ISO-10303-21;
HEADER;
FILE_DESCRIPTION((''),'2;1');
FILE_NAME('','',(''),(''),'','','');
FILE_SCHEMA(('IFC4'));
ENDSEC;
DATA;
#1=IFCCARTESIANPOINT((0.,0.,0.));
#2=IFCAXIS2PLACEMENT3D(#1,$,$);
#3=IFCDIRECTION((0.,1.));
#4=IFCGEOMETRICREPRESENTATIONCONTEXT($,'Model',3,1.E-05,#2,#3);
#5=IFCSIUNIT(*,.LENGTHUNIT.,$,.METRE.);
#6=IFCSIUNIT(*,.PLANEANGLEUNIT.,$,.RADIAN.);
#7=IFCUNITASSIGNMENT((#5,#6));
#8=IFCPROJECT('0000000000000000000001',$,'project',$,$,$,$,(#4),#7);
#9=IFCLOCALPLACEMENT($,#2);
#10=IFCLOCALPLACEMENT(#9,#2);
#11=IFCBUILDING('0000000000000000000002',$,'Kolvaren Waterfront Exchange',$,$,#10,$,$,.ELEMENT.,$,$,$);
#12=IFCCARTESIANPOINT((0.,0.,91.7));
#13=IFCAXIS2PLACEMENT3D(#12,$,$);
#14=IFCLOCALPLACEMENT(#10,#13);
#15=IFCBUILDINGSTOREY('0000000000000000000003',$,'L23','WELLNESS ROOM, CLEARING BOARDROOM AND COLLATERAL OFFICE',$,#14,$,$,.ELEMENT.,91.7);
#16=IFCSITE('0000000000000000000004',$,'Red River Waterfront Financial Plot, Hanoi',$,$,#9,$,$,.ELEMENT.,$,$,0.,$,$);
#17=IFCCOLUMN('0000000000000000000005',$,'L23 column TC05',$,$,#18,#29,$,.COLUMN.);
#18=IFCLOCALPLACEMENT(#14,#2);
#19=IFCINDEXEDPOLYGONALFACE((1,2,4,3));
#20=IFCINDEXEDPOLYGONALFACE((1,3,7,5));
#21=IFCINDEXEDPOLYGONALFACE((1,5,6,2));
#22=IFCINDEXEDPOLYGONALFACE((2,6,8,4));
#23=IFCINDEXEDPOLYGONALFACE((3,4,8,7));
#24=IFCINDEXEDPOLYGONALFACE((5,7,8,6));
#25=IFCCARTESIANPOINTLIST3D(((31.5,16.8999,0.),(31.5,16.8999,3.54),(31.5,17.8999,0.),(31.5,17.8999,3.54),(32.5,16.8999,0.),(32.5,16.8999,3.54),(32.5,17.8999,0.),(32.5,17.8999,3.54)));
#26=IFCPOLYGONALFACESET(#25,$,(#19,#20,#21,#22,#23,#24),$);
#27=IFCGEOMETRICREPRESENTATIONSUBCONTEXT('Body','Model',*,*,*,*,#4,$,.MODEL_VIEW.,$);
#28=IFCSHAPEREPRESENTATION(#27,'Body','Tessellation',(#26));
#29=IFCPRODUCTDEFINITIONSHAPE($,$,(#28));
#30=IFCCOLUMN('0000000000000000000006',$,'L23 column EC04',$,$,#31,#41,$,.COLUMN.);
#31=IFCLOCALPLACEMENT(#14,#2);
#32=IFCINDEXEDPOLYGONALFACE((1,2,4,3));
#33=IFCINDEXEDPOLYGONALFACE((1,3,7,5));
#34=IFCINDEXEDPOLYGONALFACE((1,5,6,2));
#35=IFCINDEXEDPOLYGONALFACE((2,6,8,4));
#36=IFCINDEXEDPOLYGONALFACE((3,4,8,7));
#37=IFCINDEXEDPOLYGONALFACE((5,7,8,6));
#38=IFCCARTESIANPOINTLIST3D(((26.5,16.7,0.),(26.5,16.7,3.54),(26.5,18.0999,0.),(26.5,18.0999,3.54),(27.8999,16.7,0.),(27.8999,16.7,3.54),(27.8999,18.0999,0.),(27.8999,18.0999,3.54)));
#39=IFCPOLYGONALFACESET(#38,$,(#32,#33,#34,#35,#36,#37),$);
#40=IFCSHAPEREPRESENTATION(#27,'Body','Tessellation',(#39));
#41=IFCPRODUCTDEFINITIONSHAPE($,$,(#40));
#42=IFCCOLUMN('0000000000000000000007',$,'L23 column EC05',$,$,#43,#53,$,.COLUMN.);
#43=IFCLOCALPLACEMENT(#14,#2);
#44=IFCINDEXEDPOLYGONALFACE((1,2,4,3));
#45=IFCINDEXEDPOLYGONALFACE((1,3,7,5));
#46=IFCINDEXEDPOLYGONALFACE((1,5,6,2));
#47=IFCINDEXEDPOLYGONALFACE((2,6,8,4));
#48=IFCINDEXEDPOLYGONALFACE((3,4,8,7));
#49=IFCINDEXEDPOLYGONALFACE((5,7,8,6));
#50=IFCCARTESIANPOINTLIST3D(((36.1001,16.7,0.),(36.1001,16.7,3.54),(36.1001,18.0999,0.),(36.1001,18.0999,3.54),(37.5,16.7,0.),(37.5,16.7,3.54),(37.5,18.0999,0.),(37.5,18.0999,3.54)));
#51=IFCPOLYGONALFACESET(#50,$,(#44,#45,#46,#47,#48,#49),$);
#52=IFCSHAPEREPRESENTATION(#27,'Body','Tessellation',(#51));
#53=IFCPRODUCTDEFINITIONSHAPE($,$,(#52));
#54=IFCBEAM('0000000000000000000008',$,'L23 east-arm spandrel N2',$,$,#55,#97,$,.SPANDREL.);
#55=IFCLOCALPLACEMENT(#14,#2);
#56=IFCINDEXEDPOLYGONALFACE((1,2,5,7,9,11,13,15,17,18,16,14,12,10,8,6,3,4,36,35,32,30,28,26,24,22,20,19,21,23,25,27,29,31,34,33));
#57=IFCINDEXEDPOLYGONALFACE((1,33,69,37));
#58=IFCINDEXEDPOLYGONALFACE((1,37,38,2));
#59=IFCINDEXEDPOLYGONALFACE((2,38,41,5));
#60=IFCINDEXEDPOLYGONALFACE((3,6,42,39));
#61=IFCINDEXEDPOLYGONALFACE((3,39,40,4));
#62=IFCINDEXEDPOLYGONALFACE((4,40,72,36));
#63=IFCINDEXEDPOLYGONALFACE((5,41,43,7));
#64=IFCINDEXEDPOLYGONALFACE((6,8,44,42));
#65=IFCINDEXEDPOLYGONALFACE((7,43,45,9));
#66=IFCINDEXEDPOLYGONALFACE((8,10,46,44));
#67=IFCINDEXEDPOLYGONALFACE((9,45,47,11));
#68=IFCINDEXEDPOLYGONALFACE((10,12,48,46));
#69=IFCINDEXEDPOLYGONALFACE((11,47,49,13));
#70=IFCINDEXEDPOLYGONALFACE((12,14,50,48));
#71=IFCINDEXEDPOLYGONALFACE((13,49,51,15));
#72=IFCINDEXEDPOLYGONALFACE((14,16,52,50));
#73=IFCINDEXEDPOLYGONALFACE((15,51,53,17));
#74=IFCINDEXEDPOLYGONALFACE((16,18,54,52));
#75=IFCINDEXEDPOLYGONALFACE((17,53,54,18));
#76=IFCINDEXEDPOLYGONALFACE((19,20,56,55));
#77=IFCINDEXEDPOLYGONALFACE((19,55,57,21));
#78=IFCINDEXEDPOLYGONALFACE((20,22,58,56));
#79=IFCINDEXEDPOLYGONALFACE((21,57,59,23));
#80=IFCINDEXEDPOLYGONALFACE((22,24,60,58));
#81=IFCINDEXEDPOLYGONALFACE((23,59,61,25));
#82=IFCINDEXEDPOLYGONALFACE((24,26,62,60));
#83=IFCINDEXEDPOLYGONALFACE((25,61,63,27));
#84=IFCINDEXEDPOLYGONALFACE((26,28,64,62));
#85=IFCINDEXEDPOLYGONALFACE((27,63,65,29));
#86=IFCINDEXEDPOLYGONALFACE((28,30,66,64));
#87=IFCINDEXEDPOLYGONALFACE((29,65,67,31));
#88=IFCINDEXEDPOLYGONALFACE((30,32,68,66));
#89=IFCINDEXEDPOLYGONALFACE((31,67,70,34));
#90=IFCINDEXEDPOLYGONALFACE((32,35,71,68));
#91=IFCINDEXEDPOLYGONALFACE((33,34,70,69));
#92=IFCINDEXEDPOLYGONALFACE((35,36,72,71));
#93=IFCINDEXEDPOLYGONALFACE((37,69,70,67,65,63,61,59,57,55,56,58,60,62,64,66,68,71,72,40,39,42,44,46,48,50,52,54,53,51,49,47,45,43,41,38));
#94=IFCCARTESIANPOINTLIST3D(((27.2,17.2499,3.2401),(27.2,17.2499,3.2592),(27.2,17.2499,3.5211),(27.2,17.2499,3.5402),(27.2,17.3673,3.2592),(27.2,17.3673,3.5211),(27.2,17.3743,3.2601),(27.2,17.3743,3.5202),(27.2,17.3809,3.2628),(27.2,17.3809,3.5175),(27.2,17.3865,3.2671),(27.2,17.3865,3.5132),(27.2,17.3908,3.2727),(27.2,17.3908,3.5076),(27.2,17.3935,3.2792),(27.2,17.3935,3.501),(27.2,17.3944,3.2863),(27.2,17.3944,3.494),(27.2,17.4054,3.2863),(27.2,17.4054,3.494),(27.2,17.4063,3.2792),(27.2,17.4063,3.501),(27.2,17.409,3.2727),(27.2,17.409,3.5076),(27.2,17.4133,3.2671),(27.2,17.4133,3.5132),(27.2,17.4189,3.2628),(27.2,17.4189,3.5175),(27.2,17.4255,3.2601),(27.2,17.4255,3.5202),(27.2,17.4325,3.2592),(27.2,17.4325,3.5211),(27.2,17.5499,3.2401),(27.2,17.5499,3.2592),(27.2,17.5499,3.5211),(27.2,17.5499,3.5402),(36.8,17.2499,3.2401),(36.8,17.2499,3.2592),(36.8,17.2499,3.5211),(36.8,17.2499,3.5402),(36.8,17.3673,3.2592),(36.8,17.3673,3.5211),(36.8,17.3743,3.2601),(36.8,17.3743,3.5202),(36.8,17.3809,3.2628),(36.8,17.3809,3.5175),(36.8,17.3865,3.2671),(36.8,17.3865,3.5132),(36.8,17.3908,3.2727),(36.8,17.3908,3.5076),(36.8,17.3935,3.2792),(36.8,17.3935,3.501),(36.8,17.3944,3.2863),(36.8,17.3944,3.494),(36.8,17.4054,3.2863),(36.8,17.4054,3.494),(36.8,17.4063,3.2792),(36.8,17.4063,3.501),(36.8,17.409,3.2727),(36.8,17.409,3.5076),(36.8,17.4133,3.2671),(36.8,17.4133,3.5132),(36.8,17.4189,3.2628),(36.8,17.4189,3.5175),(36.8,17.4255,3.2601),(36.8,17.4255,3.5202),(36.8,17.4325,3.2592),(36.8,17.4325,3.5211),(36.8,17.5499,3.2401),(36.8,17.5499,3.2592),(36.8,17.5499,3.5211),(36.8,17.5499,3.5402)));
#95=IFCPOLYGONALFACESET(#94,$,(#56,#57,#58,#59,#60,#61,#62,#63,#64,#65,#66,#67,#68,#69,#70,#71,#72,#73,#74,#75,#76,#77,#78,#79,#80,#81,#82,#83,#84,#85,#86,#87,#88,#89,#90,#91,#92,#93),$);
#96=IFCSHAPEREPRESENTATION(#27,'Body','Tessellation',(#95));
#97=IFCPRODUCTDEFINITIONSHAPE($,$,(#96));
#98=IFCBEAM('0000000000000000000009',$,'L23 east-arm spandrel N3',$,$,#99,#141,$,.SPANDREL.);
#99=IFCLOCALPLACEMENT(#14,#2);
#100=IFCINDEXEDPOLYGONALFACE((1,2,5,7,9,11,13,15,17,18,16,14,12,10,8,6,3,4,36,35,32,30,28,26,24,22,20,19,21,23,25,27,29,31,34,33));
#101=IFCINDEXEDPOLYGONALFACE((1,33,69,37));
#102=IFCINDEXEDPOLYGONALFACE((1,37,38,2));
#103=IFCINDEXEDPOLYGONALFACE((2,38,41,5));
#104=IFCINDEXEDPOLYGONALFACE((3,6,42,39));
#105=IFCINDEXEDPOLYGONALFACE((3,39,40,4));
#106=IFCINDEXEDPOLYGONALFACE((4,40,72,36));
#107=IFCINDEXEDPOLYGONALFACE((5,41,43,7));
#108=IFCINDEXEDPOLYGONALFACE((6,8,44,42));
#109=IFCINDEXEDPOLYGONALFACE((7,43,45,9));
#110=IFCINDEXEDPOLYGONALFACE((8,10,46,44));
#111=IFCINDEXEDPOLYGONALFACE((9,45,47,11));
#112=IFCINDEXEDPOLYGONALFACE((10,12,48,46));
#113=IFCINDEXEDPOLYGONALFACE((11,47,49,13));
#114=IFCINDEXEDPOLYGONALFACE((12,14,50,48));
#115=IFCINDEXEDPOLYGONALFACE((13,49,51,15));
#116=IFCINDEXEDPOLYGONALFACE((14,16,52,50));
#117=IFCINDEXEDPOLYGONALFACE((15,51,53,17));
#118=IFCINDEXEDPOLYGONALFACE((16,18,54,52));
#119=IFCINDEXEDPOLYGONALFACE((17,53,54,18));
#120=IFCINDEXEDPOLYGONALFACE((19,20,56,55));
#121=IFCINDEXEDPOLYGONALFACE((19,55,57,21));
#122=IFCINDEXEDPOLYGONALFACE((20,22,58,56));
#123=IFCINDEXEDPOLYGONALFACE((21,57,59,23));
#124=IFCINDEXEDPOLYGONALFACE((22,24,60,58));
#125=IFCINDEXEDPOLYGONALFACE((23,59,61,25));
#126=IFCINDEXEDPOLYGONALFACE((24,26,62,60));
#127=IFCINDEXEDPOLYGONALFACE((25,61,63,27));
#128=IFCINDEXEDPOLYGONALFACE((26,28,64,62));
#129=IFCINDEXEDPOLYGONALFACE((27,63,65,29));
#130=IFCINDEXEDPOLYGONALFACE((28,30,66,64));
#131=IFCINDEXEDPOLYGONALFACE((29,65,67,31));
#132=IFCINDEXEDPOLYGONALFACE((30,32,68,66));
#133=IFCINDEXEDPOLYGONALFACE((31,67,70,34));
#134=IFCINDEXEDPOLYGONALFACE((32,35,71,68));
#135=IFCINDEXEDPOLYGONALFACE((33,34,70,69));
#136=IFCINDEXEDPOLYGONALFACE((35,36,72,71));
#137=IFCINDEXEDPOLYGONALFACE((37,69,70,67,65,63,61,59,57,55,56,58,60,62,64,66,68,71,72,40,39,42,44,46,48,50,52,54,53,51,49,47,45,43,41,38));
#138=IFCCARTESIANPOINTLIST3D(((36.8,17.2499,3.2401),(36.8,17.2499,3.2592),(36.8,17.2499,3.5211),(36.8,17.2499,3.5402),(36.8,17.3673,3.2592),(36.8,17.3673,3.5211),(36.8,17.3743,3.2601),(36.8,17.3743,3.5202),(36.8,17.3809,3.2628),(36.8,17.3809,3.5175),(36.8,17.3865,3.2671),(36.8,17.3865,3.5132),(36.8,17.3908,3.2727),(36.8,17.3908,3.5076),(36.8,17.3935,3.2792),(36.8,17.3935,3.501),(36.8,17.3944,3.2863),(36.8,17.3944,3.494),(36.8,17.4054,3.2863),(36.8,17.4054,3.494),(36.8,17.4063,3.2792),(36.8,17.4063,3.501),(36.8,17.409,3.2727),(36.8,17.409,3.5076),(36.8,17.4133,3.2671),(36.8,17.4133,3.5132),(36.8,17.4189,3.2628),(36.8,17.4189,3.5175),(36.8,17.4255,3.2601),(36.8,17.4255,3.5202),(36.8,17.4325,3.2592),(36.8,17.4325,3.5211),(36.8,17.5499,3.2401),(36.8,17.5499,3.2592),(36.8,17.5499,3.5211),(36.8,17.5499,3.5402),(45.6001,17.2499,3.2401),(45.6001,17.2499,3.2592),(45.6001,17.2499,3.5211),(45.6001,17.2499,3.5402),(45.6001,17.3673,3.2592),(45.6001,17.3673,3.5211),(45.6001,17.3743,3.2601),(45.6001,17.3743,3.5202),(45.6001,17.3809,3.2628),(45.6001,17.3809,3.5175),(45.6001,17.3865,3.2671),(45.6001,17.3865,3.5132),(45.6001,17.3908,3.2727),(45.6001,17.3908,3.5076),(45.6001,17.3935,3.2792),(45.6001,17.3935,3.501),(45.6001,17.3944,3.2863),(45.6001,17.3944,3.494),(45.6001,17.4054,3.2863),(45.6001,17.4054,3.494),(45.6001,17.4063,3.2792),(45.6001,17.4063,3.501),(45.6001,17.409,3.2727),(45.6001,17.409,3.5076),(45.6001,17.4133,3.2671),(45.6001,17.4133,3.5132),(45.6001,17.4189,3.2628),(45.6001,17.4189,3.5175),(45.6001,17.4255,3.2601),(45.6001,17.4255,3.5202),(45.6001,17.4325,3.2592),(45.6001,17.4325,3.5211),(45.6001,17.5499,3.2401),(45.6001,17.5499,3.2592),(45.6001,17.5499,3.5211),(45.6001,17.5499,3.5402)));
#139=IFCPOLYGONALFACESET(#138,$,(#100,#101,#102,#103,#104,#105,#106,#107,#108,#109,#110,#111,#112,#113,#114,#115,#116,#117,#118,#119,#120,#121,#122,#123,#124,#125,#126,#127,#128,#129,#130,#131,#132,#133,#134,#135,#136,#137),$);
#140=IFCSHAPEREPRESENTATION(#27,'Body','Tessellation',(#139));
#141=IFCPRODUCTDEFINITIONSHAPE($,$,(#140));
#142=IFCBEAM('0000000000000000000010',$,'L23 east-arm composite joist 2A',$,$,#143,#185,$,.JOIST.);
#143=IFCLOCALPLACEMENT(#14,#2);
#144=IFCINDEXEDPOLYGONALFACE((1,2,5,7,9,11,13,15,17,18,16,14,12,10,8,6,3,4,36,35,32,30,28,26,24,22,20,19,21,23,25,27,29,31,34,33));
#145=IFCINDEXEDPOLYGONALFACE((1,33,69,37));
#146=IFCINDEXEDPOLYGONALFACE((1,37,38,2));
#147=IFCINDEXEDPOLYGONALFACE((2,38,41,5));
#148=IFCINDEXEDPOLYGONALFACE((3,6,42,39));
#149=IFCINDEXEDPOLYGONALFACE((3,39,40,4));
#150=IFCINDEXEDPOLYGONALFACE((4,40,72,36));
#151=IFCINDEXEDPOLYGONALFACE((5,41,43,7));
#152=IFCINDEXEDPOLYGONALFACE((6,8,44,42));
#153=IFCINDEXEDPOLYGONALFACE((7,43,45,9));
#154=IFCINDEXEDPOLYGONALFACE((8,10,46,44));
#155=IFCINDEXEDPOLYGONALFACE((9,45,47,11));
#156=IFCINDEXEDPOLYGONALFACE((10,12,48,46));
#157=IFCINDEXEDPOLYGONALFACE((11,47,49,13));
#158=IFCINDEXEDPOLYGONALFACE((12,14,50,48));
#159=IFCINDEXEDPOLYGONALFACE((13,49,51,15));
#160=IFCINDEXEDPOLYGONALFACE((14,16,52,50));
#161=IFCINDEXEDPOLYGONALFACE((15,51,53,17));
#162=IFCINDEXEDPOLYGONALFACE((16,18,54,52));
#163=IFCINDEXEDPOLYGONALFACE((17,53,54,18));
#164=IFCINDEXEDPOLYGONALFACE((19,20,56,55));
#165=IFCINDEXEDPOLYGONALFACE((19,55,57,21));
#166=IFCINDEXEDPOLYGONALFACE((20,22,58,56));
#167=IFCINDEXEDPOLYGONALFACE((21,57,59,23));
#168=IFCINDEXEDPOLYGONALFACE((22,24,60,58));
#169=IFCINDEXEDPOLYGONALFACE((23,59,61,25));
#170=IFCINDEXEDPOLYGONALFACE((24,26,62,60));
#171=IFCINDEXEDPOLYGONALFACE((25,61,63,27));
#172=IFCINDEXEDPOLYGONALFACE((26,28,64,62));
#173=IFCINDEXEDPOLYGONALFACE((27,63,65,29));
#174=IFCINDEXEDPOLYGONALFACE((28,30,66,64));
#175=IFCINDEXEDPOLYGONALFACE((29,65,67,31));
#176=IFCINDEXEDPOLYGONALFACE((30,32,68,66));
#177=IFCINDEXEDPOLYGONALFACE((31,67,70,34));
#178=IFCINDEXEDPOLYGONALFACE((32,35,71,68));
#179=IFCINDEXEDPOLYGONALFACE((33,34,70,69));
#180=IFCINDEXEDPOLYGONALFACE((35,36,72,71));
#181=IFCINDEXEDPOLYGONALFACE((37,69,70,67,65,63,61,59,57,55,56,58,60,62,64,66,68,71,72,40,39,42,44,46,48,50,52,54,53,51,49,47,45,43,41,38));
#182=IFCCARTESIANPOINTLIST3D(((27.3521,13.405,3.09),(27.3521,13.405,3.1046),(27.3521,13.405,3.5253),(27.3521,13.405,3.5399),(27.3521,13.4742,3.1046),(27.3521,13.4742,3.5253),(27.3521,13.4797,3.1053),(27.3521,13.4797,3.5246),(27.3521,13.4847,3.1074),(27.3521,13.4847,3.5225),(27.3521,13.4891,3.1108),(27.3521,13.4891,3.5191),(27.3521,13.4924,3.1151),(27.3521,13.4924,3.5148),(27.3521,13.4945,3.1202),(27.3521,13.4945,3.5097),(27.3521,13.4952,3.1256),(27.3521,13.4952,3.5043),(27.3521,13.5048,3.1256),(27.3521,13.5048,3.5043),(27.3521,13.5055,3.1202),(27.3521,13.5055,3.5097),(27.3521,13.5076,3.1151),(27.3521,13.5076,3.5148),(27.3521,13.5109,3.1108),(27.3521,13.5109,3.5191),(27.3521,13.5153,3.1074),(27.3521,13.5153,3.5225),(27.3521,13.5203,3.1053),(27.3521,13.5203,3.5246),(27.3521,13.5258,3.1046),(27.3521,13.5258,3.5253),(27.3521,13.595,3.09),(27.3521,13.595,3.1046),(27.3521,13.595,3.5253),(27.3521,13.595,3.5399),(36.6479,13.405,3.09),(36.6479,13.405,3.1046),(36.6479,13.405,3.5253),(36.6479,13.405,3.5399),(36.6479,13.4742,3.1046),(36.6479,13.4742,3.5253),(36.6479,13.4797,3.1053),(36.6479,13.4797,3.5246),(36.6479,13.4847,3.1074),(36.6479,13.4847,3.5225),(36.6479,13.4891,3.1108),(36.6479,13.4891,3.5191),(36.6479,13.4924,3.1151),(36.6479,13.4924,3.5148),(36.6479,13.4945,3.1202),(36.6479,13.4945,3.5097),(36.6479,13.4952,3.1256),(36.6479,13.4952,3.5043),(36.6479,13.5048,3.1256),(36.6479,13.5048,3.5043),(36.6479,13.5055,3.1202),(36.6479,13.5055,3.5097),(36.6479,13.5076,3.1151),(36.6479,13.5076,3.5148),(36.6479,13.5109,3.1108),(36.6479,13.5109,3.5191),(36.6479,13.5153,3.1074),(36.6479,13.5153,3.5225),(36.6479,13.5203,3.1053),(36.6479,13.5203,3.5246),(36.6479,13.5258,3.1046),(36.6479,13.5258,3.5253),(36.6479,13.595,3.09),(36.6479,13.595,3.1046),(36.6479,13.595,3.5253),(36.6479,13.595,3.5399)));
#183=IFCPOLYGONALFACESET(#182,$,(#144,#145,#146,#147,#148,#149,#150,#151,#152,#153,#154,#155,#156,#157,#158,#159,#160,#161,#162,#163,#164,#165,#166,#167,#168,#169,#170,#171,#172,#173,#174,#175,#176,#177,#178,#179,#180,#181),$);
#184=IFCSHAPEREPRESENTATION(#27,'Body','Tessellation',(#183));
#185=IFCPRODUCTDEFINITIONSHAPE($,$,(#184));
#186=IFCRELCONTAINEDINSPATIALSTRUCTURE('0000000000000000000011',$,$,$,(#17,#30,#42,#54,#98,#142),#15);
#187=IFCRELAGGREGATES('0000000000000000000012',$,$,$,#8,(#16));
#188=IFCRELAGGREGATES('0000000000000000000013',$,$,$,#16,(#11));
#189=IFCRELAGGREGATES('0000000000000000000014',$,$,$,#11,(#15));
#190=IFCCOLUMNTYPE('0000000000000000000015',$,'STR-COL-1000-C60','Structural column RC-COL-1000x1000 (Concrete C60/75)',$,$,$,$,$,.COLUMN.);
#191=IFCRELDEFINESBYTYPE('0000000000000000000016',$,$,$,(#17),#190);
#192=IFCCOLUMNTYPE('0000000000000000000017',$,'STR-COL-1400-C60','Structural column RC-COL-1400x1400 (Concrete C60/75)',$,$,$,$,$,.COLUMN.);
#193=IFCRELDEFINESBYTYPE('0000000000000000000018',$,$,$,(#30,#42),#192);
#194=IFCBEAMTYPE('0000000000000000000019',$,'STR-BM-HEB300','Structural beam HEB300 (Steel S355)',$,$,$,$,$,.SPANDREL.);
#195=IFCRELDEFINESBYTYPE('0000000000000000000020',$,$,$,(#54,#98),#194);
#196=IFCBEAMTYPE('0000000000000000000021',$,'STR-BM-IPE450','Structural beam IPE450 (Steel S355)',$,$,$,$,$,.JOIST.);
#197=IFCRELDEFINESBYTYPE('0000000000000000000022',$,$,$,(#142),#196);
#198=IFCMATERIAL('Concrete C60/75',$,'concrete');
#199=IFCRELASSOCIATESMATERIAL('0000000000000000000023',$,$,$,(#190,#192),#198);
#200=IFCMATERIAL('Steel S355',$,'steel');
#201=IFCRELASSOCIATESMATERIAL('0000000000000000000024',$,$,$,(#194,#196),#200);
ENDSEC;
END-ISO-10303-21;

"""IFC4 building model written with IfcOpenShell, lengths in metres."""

from ifc_helpers import new_model, si_unit, direction, frame, origin, origin_2d, place, context, subcontext, project, spatial, rectangle, i_section, extrude, material, material_profile, profile_set, type_object, element, save


model = new_model("IFC4")

# Units and contexts
model_context = context("Model", 3, precision=1e-05, world=origin(), true_north=direction((0.0, 1.0)))
body_context = subcontext(model_context, "Body", "Model", "MODEL_VIEW")
ifc_project = project(units=[si_unit("LENGTHUNIT", "METRE"), si_unit("PLANEANGLEUNIT", "RADIAN")], contexts=[model_context])

# Site, building, storey
site_placement = place(None, origin())
site = spatial("IfcSite", under=ifc_project, at=site_placement, Name="Red River Waterfront Financial Plot, Hanoi", CompositionType="ELEMENT", RefElevation=0.0)
building_placement = place(site_placement, origin())
building = spatial("IfcBuilding", under=site, at=building_placement, Name="Kolvaren Waterfront Exchange", CompositionType="ELEMENT")
storey_placement = place(building_placement, frame((0.0, 0.0, 91.7)))
storey = spatial("IfcBuildingStorey", under=building, at=storey_placement, Name="L23", Description="WELLNESS ROOM, CLEARING BOARDROOM AND COLLATERAL OFFICE", CompositionType="ELEMENT", Elevation=91.7)

# Columns
ifc_material_1 = material(Name="Concrete C60/75", Category="concrete")
ifc_material_profile_1 = material_profile(ifc_material_1, rectangle(XDim=1.0, YDim=1.0, at=origin_2d()), Name="RC-COL-1000x1000")
ifc_profile_set_1 = profile_set([ifc_material_profile_1], Name="Concrete C60/75")
column_type_1 = type_object("IfcColumnType", Name="STR-COL-1000-C60", Description="Structural column RC-COL-1000x1000 (Concrete C60/75)", PredefinedType="COLUMN", material=ifc_profile_set_1)
column_placement = place(storey_placement, frame((32.0, 17.3999, 0.0), z_axis=(0.0, 0.0, 1.0), x_axis=(1.0, 0.0, 0.0)))
element("IfcColumn", 1, at=column_placement, inside=storey, type_object=column_type_1, Name="L23 column TC05", PredefinedType="COLUMN", context=body_context, shape_type="SweptSolid", body=[
    extrude(rectangle(XDim=1.0, YDim=1.0, at=origin_2d()), origin(), (0.0, 0.0, 1.0), 3.54),
])
ifc_material_profile_2 = material_profile(ifc_material_1, rectangle(XDim=1.3999, YDim=1.3999, at=origin_2d()), Name="RC-COL-1400x1400")
ifc_profile_set_2 = profile_set([ifc_material_profile_2], Name="Concrete C60/75")
column_type_2 = type_object("IfcColumnType", Name="STR-COL-1400-C60", Description="Structural column RC-COL-1400x1400 (Concrete C60/75)", PredefinedType="COLUMN", material=ifc_profile_set_2)
for number, where, z_axis, x_axis, name in (
    (2, (27.2, 17.3999, 0.0), (0.0, 0.0, 1.0), (1.0, 0.0, 0.0), "L23 column EC04"),
    (3, (36.8, 17.3999, 0.0), (0.0, 0.0, 1.0), (1.0, 0.0, 0.0), "L23 column EC05"),
):
    element("IfcColumn", number, at=place(storey_placement, frame(where, z_axis=z_axis, x_axis=x_axis)), inside=storey, type_object=column_type_2, Name=name, PredefinedType="COLUMN", context=body_context, shape_type="SweptSolid", body=[
        extrude(rectangle(XDim=1.3999, YDim=1.3999, at=origin_2d()), origin(), (0.0, 0.0, 1.0), 3.54),
    ])

# Beams
ifc_material_2 = material(Name="Steel S355", Category="steel")
ifc_material_profile_3 = material_profile(ifc_material_2, i_section(OverallWidth=0.3, OverallDepth=0.3, WebThickness=0.011, FlangeThickness=0.019, FilletRadius=0.0271, at=origin_2d()), Name="HEB300")
ifc_profile_set_3 = profile_set([ifc_material_profile_3], Name="Steel S355")
beam_type_1 = type_object("IfcBeamType", Name="STR-BM-HEB300", Description="Structural beam HEB300 (Steel S355)", PredefinedType="SPANDREL", material=ifc_profile_set_3)
beam_1_placement = place(storey_placement, frame((27.2, 17.3999, 3.3901), z_axis=(1.0, 0.0, 0.0), x_axis=(0.0, 1.0, 0.0)))
element("IfcBeam", 4, at=beam_1_placement, inside=storey, type_object=beam_type_1, Name="L23 east-arm spandrel N2", PredefinedType="SPANDREL", context=body_context, shape_type="SweptSolid", body=[
    extrude(i_section(OverallWidth=0.3, OverallDepth=0.3, WebThickness=0.011, FlangeThickness=0.019, FilletRadius=0.0271, at=origin_2d()), origin(), (0.0, 0.0, 1.0), 9.6001),
])
beam_2_placement = place(storey_placement, frame((36.8, 17.3999, 3.3901), z_axis=(1.0, 0.0, 0.0), x_axis=(0.0, 1.0, 0.0)))
element("IfcBeam", 5, at=beam_2_placement, inside=storey, type_object=beam_type_1, Name="L23 east-arm spandrel N3", PredefinedType="SPANDREL", context=body_context, shape_type="SweptSolid", body=[
    extrude(i_section(OverallWidth=0.3, OverallDepth=0.3, WebThickness=0.011, FlangeThickness=0.019, FilletRadius=0.0271, at=origin_2d()), origin(), (0.0, 0.0, 1.0), 8.8),
])
ifc_material_profile_4 = material_profile(ifc_material_2, i_section(OverallWidth=0.1899, OverallDepth=0.45, WebThickness=0.0095, FlangeThickness=0.0146, FilletRadius=0.021, at=origin_2d()), Name="IPE450")
ifc_profile_set_4 = profile_set([ifc_material_profile_4], Name="Steel S355")
beam_type_2 = type_object("IfcBeamType", Name="STR-BM-IPE450", Description="Structural beam IPE450 (Steel S355)", PredefinedType="JOIST", material=ifc_profile_set_4)
for number, where, z_axis, x_axis, name in (
    (6, (27.3521, 13.5, 3.3149), (1.0, 0.0, 0.0), (0.0, 1.0, 0.0), "L23 east-arm composite joist 2A"),
):
    element("IfcBeam", number, at=place(storey_placement, frame(where, z_axis=z_axis, x_axis=x_axis)), inside=storey, type_object=beam_type_2, Name=name, PredefinedType="JOIST", context=body_context, shape_type="SweptSolid", body=[
        extrude(i_section(OverallWidth=0.1899, OverallDepth=0.45, WebThickness=0.0095, FlangeThickness=0.0146, FilletRadius=0.021, at=origin_2d()), origin(), (0.0, 0.0, 1.0), 9.2959),
    ])

save(model, "model.ifc")
